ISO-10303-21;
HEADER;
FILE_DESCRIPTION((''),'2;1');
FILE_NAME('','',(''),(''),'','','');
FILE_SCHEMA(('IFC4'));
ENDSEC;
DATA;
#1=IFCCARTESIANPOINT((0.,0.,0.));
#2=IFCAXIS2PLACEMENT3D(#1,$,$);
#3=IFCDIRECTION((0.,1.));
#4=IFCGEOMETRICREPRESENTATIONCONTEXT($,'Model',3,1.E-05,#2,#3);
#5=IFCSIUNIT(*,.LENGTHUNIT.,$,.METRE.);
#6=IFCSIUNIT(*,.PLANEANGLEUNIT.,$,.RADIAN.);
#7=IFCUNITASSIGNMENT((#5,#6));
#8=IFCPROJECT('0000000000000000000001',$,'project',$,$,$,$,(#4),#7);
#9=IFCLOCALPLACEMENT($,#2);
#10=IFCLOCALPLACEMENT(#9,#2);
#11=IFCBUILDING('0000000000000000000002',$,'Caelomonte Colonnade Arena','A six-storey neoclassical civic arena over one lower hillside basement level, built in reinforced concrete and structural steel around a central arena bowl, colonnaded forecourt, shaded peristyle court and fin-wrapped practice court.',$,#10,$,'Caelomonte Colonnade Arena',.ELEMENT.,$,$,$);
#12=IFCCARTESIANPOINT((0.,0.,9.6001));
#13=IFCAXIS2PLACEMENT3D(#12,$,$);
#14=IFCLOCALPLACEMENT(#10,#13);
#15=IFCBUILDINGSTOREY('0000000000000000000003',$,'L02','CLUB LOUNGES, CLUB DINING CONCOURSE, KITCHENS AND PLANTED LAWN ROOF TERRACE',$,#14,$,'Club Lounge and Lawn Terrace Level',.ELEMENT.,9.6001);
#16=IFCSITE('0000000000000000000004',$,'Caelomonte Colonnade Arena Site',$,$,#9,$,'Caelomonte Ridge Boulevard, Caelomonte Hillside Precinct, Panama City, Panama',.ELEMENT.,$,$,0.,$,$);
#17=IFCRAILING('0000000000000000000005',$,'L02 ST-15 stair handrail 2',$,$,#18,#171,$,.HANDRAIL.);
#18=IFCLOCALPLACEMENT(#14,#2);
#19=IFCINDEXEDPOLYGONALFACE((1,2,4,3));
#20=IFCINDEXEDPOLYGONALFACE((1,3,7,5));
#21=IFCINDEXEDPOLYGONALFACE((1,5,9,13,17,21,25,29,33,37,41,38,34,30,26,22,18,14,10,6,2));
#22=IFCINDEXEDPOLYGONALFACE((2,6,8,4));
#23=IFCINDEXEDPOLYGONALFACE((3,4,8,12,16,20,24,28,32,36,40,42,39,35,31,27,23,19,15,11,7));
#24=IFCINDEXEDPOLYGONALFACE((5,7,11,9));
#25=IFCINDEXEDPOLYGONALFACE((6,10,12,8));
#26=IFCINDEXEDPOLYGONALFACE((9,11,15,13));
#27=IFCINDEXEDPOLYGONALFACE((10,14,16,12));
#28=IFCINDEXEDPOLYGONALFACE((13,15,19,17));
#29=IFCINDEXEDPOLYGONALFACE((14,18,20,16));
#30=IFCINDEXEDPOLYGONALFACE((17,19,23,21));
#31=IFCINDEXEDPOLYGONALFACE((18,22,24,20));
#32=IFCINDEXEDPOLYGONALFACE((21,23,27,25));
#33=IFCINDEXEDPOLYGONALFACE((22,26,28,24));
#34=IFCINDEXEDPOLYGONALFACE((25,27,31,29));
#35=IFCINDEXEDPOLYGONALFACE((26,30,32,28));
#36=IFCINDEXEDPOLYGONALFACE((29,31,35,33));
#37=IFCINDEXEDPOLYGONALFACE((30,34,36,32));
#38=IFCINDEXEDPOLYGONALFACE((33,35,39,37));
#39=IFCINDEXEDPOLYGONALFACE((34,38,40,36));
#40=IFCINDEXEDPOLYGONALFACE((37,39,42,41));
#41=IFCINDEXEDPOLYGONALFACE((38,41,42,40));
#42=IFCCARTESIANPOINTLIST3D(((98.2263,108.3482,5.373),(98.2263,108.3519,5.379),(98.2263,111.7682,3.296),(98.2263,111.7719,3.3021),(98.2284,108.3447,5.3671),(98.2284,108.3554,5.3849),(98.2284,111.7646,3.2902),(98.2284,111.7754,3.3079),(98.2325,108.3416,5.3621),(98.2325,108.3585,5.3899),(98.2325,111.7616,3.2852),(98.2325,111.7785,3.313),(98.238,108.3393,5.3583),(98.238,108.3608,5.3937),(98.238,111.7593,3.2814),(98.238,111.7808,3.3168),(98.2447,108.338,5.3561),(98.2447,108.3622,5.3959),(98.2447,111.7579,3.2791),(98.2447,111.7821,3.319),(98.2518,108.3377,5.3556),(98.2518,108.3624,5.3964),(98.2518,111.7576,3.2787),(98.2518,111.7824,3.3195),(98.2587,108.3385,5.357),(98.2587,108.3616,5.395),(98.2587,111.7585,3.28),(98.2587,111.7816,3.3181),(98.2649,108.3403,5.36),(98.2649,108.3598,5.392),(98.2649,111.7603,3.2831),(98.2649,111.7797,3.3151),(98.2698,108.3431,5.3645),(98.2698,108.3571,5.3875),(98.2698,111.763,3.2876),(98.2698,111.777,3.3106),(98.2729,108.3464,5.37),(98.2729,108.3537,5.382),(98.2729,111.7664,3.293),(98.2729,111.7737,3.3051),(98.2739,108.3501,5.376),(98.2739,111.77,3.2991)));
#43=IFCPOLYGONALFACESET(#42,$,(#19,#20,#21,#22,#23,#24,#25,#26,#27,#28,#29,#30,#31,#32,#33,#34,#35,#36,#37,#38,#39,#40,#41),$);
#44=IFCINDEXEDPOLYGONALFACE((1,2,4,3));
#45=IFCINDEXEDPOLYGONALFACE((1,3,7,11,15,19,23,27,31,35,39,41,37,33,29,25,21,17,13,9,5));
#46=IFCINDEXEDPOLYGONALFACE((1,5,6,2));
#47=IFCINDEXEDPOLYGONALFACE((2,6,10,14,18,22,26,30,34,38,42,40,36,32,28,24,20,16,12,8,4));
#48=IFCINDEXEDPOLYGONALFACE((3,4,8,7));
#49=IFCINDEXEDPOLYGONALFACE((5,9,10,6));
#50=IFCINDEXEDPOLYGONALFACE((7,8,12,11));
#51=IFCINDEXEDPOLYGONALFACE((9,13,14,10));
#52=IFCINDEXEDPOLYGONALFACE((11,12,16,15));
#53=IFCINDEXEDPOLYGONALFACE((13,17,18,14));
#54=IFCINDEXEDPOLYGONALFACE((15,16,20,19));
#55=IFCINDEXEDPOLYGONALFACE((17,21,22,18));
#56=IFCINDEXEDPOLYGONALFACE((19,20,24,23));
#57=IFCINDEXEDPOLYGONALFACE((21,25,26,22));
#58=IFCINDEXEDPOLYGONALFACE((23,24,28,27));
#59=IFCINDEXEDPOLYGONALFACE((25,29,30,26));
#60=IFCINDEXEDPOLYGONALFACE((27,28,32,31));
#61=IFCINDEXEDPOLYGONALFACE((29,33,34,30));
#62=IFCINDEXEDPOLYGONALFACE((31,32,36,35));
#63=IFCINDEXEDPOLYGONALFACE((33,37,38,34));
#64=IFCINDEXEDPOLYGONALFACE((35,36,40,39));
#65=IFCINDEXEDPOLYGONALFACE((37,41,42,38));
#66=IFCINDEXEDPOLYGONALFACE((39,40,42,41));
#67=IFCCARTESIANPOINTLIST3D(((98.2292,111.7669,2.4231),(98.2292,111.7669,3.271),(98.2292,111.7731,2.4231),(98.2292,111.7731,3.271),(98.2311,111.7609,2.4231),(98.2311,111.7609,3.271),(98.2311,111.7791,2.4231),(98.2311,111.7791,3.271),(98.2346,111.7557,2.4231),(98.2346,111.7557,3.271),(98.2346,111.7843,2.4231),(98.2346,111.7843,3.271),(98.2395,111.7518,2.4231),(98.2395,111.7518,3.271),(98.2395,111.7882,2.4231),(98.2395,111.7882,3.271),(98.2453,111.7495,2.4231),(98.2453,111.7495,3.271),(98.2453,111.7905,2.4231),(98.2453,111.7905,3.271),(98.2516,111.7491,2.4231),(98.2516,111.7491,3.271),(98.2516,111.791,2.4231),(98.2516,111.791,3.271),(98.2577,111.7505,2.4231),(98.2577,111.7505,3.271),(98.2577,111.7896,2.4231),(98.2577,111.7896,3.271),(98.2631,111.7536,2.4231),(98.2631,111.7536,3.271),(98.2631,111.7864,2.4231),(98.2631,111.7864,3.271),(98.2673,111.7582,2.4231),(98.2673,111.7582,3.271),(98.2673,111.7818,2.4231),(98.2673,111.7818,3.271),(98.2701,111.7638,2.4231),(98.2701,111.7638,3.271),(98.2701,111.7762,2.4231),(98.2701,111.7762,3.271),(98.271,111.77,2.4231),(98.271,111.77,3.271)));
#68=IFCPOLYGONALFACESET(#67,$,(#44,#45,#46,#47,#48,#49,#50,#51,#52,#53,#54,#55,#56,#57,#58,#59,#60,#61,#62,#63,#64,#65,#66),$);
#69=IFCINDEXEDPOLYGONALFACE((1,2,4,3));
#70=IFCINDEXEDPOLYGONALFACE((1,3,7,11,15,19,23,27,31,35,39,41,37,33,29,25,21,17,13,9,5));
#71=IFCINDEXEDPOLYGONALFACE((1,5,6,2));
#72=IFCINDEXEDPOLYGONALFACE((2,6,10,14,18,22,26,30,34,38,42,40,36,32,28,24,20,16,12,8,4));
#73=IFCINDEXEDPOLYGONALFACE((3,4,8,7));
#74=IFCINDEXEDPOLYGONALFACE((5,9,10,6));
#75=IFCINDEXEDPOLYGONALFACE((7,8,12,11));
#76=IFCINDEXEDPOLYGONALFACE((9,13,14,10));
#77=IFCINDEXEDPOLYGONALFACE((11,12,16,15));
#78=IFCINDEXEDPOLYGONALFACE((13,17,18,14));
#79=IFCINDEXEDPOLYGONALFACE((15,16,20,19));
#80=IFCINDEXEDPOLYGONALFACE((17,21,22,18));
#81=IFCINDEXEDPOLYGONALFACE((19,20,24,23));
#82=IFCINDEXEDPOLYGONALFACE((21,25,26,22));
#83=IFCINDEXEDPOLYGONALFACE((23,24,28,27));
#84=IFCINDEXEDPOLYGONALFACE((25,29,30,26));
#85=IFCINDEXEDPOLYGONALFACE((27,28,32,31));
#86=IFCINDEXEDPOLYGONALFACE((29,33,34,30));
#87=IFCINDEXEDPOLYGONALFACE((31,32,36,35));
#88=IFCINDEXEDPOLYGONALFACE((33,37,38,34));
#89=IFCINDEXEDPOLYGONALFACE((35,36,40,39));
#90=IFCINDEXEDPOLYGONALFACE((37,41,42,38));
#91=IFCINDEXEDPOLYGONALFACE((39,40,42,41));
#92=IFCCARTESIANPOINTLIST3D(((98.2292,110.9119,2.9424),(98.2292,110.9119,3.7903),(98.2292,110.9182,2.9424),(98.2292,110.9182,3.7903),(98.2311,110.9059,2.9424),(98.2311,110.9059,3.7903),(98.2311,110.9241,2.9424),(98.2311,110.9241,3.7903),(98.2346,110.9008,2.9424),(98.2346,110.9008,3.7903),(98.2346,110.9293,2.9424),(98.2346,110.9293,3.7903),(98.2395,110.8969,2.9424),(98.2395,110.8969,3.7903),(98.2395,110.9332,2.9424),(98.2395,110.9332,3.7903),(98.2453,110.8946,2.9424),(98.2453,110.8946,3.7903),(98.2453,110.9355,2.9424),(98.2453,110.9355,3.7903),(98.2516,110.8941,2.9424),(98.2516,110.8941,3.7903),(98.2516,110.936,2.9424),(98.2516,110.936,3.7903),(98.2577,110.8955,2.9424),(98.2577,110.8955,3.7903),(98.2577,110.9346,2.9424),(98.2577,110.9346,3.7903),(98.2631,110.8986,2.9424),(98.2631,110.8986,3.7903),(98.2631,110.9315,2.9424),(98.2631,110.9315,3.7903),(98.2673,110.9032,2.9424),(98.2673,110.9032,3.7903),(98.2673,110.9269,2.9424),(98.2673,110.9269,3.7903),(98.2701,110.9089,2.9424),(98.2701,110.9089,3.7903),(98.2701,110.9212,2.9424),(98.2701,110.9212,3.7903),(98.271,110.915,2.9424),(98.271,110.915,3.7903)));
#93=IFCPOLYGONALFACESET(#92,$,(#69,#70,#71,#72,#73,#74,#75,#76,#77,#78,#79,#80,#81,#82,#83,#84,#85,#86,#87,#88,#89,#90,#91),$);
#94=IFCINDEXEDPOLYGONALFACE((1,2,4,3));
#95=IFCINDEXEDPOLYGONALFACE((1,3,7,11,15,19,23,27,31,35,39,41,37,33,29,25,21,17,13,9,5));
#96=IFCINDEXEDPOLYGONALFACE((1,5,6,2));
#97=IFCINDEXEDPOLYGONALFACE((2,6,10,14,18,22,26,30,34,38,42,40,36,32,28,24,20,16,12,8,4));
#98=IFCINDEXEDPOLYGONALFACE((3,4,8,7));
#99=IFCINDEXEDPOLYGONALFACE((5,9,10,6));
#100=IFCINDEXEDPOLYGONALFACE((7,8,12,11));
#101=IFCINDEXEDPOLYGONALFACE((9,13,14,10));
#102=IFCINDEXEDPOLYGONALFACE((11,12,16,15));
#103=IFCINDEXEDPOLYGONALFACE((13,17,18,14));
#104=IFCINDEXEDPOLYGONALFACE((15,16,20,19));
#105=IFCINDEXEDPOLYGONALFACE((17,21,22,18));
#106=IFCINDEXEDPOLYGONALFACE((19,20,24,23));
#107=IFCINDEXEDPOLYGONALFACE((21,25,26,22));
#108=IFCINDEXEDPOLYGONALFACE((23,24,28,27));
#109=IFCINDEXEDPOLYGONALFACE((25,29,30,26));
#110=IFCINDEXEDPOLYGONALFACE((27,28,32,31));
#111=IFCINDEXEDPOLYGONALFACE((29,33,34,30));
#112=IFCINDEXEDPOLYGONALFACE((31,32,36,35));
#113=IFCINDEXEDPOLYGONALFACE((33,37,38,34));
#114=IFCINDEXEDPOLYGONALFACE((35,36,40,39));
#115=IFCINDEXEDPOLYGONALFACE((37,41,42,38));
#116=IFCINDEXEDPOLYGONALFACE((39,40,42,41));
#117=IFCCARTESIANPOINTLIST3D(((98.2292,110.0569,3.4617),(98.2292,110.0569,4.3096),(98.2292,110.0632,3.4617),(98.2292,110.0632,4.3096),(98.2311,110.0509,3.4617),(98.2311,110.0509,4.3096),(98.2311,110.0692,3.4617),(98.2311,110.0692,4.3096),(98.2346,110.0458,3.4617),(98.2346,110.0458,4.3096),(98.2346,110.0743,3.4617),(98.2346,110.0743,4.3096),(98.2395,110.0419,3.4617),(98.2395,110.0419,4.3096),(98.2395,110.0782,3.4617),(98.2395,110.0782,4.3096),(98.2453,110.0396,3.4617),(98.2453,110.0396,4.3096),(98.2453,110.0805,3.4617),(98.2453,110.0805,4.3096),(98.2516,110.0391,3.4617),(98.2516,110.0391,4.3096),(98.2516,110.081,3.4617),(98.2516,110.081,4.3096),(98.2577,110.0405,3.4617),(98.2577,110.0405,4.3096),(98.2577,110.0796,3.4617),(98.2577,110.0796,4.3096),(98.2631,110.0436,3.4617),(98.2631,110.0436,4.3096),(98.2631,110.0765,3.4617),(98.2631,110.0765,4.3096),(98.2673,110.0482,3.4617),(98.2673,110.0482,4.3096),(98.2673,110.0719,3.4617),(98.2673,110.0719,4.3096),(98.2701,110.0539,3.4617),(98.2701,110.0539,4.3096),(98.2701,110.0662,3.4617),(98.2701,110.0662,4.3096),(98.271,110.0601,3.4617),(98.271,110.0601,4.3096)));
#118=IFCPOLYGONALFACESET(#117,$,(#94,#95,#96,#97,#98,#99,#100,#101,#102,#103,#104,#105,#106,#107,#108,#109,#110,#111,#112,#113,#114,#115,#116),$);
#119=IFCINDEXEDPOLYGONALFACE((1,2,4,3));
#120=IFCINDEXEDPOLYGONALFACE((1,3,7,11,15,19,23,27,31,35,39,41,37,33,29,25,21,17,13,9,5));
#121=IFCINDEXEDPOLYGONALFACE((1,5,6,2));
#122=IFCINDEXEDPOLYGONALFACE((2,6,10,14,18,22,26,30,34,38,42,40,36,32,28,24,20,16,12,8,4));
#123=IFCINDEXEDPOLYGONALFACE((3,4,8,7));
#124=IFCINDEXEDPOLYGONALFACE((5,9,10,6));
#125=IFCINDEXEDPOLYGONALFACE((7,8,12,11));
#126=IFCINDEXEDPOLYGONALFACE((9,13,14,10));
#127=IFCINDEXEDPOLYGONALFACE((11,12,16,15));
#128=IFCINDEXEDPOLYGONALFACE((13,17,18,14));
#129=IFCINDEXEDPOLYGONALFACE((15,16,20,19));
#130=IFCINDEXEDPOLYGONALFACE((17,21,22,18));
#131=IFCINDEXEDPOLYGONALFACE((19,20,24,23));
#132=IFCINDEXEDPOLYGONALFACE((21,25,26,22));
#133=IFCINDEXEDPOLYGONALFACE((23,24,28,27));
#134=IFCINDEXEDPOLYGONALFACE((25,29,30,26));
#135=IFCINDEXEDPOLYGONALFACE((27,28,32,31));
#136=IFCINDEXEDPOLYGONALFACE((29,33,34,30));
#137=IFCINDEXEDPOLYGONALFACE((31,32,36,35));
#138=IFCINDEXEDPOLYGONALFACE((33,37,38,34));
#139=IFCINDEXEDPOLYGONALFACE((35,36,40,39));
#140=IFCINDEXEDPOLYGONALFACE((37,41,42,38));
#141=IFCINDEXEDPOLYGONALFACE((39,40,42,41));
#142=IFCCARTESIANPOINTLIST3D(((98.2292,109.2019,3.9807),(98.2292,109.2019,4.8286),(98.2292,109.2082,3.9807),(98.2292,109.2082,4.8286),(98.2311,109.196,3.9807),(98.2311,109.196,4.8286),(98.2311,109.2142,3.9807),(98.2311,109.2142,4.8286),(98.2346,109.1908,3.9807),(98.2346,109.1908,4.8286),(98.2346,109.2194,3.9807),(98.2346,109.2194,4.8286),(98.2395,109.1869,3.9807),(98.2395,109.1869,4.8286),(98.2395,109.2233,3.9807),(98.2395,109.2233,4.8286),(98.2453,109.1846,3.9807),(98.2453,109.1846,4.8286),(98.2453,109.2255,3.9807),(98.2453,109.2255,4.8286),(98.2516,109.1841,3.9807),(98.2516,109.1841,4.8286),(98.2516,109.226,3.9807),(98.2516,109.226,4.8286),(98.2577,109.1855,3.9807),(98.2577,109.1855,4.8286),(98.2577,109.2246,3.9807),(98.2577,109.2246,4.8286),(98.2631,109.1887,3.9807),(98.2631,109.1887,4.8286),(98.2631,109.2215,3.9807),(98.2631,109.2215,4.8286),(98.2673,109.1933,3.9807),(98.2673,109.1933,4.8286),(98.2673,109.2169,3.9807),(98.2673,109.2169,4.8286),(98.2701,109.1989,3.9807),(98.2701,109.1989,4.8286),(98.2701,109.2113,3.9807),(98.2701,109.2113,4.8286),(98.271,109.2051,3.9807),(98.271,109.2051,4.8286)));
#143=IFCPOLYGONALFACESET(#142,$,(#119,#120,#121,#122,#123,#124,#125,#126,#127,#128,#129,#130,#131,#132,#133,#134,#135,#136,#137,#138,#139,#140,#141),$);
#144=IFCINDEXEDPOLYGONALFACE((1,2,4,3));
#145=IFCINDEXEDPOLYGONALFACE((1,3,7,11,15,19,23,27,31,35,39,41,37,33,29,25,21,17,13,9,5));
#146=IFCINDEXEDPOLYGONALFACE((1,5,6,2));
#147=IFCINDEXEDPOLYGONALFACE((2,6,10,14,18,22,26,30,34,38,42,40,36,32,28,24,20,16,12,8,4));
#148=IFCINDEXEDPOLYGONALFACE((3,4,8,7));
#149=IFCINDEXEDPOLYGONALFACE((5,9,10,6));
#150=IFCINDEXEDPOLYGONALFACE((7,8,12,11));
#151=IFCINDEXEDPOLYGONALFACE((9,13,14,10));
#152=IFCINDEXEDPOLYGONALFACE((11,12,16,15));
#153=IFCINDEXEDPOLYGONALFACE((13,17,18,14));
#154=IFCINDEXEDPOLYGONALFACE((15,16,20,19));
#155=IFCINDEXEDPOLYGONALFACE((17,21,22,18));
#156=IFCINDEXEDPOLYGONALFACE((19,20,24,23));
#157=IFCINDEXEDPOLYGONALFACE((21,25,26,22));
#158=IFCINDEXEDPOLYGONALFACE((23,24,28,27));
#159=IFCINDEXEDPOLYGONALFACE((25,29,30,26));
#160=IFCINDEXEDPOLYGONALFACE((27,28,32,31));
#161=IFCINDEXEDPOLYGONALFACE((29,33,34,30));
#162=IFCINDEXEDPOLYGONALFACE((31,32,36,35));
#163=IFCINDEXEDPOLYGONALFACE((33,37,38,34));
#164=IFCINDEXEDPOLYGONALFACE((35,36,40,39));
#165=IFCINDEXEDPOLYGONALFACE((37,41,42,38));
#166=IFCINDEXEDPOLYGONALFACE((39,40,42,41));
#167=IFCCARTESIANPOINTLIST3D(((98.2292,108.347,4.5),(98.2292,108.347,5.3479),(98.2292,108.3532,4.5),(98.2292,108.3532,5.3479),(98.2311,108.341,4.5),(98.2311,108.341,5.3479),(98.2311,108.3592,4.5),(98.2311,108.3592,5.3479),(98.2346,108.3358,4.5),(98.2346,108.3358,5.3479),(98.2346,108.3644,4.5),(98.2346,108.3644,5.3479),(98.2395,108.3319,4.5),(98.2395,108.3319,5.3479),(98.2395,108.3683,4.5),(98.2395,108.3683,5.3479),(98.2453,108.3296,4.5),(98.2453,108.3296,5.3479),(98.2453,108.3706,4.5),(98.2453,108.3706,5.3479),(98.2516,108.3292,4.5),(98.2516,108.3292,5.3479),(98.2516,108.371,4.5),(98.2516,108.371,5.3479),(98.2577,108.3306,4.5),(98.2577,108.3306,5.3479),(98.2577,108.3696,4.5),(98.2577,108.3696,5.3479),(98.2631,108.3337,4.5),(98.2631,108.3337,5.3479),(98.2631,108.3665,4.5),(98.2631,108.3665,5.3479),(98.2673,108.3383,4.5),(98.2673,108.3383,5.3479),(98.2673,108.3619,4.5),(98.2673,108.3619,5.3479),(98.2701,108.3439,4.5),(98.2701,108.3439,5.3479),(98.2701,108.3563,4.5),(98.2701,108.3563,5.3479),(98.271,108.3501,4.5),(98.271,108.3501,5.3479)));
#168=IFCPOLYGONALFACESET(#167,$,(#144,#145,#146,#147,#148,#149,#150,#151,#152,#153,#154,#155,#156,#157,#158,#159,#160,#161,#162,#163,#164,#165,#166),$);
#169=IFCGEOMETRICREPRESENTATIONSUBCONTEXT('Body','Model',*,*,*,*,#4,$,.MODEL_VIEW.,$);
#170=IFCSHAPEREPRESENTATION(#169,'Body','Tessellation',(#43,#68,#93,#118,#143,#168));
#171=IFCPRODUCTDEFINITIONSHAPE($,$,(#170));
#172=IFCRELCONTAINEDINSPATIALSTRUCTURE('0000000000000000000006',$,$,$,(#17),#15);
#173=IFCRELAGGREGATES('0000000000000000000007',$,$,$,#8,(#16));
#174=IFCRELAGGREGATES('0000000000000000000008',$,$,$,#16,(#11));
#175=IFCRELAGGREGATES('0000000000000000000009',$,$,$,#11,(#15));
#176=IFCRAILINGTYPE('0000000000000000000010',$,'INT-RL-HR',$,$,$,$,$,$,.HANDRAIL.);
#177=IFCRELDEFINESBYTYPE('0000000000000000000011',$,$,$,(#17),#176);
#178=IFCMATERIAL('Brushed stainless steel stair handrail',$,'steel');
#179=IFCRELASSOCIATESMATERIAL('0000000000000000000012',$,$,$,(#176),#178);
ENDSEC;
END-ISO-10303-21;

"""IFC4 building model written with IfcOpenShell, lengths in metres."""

from ifc_helpers import new_model, si_unit, direction, frame, origin, origin_2d, place, context, subcontext, project, spatial, circle, extrude, material, type_object, element, save


model = new_model("IFC4")

# Units and contexts
model_context = context("Model", 3, precision=1e-05, world=origin(), true_north=direction((0.0, 1.0)))
body_context = subcontext(model_context, "Body", "Model", "MODEL_VIEW")
ifc_project = project(units=[si_unit("LENGTHUNIT", "METRE"), si_unit("PLANEANGLEUNIT", "RADIAN")], contexts=[model_context])

# Site, building, storey
site_placement = place(None, origin())
site = spatial("IfcSite", under=ifc_project, at=site_placement, Name="Caelomonte Colonnade Arena Site", LongName="Caelomonte Ridge Boulevard, Caelomonte Hillside Precinct, Panama City, Panama", CompositionType="ELEMENT", RefElevation=0.0)
building_placement = place(site_placement, origin())
building = spatial("IfcBuilding", under=site, at=building_placement, Name="Caelomonte Colonnade Arena", Description="A six-storey neoclassical civic arena over one lower hillside basement level, built in reinforced concrete and structural steel around a central arena bowl, colonnaded forecourt, shaded peristyle court and fin-wrapped practice court.", LongName="Caelomonte Colonnade Arena", CompositionType="ELEMENT")
storey_placement = place(building_placement, frame((0.0, 0.0, 9.6001)))
storey = spatial("IfcBuildingStorey", under=building, at=storey_placement, Name="L02", Description="CLUB LOUNGES, CLUB DINING CONCOURSE, KITCHENS AND PLANTED LAWN ROOF TERRACE", LongName="Club Lounge and Lawn Terrace Level", CompositionType="ELEMENT", Elevation=9.6001)

# Railing
ifc_material_1 = material(Name="Brushed stainless steel stair handrail", Category="steel")
railing_type_1 = type_object("IfcRailingType", Name="INT-RL-HR", PredefinedType="HANDRAIL", material=ifc_material_1)
railing_1_placement = place(storey_placement, frame((98.25, 111.77, 2.4231)))
element("IfcRailing", 1, at=railing_1_placement, inside=storey, type_object=railing_type_1, Name="L02 ST-15 stair handrail 2", PredefinedType="HANDRAIL", context=body_context, shape_type="SweptSolid", body=[
    extrude(circle(Radius=0.0239, at=origin_2d()), frame((0.0, 0.0, 0.876), z_axis=(0.0, -0.85473, 0.519074), x_axis=(1.0, 0.0, 0.0)), (0.0, 0.0, 1.0), 4.0012),
    extrude(circle(Radius=0.021, at=origin_2d()), origin(), (0.0, 0.0, 1.0), 0.8479),
    extrude(circle(Radius=0.021, at=origin_2d()), frame((0.0, -0.855, 0.5193)), (0.0, 0.0, 1.0), 0.8479),
    extrude(circle(Radius=0.021, at=origin_2d()), frame((0.0, -1.71, 1.0386)), (0.0, 0.0, 1.0), 0.8479),
    extrude(circle(Radius=0.021, at=origin_2d()), frame((0.0, -2.5649, 1.5576)), (0.0, 0.0, 1.0), 0.8479),
    extrude(circle(Radius=0.021, at=origin_2d()), frame((0.0, -3.4199, 2.0769)), (0.0, 0.0, 1.0), 0.8479),
])

save(model, "model.ifc")
